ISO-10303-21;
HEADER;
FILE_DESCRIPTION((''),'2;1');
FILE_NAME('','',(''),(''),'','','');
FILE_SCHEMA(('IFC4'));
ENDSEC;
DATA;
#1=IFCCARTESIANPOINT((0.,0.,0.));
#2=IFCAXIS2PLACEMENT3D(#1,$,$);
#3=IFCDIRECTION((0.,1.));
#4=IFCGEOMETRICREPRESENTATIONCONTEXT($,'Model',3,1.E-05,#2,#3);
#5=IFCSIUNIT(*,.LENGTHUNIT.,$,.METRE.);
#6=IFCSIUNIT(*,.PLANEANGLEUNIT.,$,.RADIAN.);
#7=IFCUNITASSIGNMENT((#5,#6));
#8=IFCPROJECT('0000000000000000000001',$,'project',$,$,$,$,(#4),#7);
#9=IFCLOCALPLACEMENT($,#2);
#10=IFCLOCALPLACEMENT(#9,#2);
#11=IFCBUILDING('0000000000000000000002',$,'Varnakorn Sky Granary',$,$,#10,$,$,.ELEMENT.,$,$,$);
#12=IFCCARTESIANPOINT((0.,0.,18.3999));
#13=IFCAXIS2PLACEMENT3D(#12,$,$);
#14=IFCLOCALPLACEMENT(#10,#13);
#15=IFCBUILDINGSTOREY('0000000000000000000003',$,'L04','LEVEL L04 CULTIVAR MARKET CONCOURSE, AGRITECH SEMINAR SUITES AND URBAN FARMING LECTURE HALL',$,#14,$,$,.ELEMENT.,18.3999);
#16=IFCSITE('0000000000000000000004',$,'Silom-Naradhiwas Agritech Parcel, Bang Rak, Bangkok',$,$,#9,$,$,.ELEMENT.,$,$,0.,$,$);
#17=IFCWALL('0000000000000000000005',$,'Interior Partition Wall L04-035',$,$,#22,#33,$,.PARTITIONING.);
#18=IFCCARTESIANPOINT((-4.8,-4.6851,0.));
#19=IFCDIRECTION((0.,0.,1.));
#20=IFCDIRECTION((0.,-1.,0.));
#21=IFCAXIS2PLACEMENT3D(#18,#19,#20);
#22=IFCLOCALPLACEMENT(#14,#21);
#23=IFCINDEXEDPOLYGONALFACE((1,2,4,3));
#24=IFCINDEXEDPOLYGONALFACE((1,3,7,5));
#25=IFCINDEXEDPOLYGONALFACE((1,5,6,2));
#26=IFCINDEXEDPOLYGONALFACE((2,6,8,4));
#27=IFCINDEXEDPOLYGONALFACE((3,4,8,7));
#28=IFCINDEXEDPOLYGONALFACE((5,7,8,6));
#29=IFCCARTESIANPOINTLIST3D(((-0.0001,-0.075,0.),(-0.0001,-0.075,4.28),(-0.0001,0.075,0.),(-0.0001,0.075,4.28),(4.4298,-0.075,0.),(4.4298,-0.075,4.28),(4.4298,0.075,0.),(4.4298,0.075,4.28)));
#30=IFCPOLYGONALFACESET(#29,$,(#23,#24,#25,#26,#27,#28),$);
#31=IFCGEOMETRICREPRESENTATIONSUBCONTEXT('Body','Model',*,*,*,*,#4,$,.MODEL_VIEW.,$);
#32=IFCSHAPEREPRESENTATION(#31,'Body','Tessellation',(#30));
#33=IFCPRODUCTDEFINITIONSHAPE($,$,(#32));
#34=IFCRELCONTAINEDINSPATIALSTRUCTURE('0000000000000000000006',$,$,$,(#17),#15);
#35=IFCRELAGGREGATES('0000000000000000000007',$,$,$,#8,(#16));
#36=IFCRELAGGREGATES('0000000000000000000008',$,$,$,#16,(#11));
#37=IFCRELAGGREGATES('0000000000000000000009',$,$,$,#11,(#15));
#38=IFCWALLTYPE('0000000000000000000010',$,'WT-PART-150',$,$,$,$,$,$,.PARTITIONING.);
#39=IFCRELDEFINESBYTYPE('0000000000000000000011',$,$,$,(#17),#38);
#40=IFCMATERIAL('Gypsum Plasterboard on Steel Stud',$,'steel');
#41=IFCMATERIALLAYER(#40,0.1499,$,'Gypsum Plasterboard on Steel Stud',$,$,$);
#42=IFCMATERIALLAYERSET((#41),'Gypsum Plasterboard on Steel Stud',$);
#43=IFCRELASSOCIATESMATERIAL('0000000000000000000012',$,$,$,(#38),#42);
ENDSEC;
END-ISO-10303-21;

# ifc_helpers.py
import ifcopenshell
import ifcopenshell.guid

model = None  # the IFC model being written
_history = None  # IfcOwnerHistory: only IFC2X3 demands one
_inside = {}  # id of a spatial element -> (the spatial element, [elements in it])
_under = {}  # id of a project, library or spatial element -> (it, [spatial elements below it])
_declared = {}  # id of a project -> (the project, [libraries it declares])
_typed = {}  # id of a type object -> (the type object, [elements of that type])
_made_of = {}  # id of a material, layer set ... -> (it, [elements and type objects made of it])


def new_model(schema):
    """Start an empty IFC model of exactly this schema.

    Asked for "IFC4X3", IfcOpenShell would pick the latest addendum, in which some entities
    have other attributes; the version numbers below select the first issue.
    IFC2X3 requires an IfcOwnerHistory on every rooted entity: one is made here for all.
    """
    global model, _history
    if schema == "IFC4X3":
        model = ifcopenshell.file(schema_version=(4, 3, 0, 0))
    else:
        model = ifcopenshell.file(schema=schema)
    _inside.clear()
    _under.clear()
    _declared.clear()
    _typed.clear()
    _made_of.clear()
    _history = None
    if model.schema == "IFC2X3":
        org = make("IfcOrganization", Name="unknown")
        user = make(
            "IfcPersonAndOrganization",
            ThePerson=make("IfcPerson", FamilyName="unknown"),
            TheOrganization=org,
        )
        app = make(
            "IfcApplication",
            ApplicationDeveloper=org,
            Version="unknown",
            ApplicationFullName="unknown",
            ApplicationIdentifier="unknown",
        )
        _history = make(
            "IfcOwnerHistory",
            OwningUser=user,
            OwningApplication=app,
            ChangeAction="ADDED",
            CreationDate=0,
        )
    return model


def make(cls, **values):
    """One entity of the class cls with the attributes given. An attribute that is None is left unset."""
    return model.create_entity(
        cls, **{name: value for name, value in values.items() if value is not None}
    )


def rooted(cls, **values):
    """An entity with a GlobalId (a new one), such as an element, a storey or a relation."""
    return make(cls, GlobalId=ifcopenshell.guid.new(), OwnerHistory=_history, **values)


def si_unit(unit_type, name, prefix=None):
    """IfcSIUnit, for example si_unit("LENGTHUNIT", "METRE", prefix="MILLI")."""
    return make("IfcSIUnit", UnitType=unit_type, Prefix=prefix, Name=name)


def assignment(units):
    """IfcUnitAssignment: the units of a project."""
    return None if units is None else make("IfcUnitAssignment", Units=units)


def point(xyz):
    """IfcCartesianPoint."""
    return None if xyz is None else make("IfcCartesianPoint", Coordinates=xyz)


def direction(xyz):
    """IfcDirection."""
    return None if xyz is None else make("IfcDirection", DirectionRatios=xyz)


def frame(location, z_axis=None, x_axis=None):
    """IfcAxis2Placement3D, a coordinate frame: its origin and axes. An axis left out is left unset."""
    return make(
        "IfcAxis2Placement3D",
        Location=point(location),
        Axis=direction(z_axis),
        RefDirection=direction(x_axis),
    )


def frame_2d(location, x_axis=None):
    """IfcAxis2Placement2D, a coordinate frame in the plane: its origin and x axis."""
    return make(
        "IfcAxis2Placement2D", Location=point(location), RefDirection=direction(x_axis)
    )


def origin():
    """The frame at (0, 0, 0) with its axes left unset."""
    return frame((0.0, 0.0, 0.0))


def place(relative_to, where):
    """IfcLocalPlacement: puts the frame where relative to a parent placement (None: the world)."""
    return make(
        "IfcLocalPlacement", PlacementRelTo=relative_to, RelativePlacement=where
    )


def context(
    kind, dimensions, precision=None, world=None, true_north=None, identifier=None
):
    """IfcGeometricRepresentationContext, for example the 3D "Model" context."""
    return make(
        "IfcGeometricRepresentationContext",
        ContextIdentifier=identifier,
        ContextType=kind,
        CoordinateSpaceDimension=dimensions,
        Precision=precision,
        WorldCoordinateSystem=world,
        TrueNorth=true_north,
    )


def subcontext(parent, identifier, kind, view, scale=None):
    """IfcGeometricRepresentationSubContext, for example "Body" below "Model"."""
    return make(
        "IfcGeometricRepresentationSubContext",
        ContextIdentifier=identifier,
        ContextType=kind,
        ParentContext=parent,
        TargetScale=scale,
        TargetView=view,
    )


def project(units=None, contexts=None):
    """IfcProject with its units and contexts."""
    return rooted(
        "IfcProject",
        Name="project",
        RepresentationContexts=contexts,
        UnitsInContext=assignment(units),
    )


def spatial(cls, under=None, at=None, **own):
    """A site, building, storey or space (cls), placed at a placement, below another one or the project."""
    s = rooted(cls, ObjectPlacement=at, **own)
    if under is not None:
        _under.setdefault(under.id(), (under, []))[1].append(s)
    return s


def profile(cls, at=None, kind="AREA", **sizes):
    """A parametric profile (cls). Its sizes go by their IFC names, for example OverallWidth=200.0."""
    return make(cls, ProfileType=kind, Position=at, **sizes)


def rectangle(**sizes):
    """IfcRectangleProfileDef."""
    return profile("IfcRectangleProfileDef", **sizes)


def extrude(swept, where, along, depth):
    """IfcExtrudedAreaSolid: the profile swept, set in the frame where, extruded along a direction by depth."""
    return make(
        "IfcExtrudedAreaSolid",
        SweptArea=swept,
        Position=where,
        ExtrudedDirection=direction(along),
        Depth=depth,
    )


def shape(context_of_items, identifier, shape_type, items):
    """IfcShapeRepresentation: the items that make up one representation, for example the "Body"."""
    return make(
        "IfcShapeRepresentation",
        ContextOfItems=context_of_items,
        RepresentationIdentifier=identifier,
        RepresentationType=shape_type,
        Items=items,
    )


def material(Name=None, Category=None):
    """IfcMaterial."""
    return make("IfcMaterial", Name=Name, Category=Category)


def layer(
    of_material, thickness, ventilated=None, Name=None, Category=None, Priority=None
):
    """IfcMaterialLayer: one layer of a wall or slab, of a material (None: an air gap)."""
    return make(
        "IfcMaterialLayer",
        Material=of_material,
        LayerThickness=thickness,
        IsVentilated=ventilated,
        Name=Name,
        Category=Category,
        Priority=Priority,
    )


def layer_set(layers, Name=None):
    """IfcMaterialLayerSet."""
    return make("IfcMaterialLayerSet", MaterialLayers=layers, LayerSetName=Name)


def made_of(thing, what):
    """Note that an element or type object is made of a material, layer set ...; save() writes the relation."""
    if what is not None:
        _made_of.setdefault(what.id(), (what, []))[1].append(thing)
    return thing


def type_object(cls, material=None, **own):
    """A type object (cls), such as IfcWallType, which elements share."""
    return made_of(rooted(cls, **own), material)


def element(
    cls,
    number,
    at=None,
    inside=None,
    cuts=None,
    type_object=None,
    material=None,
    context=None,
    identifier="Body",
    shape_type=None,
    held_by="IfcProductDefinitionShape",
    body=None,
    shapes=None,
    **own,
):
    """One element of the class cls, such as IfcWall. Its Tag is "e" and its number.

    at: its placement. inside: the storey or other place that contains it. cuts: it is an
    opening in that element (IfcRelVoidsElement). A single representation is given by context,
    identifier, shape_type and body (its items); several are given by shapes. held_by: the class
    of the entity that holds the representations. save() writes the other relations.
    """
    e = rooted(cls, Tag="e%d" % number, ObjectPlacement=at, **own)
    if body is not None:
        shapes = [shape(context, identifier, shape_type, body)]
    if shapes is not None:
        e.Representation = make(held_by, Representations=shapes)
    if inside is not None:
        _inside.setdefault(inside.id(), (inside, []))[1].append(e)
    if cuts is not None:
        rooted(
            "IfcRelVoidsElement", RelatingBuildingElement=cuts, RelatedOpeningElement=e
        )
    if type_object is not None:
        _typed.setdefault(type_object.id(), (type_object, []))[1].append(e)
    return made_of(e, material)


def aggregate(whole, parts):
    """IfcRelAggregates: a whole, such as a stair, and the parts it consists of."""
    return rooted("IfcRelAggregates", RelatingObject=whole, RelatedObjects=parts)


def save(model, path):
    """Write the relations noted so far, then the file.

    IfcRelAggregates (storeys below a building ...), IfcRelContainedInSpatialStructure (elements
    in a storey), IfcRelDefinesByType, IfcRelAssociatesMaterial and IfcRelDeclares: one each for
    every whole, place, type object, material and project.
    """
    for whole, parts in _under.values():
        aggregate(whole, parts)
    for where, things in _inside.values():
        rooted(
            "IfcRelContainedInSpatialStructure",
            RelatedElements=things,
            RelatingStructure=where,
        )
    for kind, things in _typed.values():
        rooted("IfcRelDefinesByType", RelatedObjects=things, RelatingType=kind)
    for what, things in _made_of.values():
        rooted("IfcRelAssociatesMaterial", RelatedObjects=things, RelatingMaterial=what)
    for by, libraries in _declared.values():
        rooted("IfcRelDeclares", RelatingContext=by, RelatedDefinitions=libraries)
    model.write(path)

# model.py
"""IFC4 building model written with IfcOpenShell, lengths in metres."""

from ifc_helpers import new_model, si_unit, direction, frame, frame_2d, origin, place, context, subcontext, project, spatial, rectangle, extrude, material, layer, layer_set, type_object, element, save


model = new_model("IFC4")

# Units and contexts
model_context = context("Model", 3, precision=1e-05, world=origin(), true_north=direction((0.0, 1.0)))
body_context = subcontext(model_context, "Body", "Model", "MODEL_VIEW")
ifc_project = project(units=[si_unit("LENGTHUNIT", "METRE"), si_unit("PLANEANGLEUNIT", "RADIAN")], contexts=[model_context])

# Site, building, storey
site_placement = place(None, origin())
site = spatial("IfcSite", under=ifc_project, at=site_placement, Name="Silom-Naradhiwas Agritech Parcel, Bang Rak, Bangkok", CompositionType="ELEMENT", RefElevation=0.0)
building_placement = place(site_placement, origin())
building = spatial("IfcBuilding", under=site, at=building_placement, Name="Varnakorn Sky Granary", CompositionType="ELEMENT")
storey_placement = place(building_placement, frame((0.0, 0.0, 18.3999)))
storey = spatial("IfcBuildingStorey", under=building, at=storey_placement, Name="L04", Description="LEVEL L04 CULTIVAR MARKET CONCOURSE, AGRITECH SEMINAR SUITES AND URBAN FARMING LECTURE HALL", CompositionType="ELEMENT", Elevation=18.3999)

# Shared definitions
ifc_material_1 = material(Name="Gypsum Plasterboard on Steel Stud", Category="steel")
ifc_layer_1 = layer(ifc_material_1, 0.1499, Name="Gypsum Plasterboard on Steel Stud")
ifc_layer_set_1 = layer_set([ifc_layer_1], Name="Gypsum Plasterboard on Steel Stud")
wall_type_1 = type_object("IfcWallType", Name="WT-PART-150", PredefinedType="PARTITIONING", material=ifc_layer_set_1)

# Wall
wall_1_placement = place(storey_placement, frame((-4.8, -4.6851, 0.0), z_axis=(0.0, 0.0, 1.0), x_axis=(0.0, -1.0, 0.0)))
element("IfcWall", 1, at=wall_1_placement, inside=storey, type_object=wall_type_1, Name="Interior Partition Wall L04-035", PredefinedType="PARTITIONING", context=body_context, shape_type="SweptSolid", body=[
    extrude(rectangle(XDim=4.4299, YDim=0.1499, at=frame_2d((2.2148, 0.0))), origin(), (0.0, 0.0, 1.0), 4.28),
])

save(model, "model.ifc")
